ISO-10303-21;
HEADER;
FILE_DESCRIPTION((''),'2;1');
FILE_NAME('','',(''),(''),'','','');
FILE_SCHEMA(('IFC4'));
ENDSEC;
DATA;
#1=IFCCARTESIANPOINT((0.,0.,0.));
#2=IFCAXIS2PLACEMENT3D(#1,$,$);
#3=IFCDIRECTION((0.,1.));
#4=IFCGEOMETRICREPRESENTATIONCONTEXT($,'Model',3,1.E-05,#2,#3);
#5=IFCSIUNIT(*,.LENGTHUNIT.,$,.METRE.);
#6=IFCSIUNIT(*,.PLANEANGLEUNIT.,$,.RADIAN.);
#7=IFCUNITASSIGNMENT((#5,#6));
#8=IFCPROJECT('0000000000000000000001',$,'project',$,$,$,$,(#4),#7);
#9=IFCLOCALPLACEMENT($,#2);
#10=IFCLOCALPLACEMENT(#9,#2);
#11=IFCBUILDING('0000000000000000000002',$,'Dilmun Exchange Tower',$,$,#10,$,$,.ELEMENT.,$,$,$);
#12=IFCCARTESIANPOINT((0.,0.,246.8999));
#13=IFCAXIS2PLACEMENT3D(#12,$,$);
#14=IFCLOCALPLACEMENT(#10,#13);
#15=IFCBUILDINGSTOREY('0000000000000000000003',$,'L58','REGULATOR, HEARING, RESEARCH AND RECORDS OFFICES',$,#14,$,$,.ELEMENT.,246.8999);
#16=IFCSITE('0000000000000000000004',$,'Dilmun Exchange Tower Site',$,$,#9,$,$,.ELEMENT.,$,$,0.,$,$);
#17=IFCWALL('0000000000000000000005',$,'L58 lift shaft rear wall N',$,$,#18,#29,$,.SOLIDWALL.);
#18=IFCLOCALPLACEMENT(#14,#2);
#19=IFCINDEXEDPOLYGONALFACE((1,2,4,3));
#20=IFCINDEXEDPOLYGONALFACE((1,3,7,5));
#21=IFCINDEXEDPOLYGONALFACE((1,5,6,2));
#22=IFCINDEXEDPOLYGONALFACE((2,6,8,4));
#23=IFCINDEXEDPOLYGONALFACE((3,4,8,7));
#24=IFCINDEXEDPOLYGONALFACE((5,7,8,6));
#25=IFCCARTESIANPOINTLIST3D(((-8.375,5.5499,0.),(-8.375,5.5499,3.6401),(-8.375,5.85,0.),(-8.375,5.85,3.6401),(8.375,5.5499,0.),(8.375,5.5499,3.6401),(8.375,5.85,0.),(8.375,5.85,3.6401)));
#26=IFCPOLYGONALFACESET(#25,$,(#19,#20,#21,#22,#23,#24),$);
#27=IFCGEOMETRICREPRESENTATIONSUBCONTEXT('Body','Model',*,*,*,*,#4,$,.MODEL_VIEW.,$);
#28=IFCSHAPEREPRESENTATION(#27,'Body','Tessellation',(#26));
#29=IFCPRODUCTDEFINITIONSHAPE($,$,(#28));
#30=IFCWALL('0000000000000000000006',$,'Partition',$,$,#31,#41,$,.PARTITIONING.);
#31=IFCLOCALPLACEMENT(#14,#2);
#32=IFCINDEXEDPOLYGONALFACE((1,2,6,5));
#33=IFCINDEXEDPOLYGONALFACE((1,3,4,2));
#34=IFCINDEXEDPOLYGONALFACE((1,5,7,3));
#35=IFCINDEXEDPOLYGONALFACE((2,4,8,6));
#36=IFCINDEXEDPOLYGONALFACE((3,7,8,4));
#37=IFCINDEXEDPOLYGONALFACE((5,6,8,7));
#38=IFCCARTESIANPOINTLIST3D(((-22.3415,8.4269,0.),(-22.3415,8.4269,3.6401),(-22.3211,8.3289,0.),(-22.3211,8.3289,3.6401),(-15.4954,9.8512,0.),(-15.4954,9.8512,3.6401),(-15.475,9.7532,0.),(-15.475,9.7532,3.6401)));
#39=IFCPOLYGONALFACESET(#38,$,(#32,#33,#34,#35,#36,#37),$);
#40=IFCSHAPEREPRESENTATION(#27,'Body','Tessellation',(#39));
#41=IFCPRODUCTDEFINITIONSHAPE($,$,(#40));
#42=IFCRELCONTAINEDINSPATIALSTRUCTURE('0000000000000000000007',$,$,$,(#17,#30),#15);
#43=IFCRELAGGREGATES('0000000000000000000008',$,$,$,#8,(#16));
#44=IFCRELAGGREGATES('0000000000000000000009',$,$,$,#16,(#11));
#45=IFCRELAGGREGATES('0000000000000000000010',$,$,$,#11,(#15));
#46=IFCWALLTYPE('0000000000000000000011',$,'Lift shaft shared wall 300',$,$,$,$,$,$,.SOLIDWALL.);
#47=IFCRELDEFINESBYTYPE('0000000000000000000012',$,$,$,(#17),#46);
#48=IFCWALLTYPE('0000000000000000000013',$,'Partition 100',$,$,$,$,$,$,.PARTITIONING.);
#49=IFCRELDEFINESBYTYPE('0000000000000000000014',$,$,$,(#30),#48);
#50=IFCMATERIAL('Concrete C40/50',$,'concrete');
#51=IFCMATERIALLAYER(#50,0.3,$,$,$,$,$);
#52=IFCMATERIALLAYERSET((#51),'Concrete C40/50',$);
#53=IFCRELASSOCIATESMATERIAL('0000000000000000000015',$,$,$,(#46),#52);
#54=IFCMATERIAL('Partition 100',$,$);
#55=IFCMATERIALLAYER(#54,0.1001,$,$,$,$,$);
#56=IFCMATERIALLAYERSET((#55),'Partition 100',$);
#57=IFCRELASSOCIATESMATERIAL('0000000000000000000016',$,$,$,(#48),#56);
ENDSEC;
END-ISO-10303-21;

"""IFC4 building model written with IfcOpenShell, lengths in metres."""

from ifc_helpers import new_model, si_unit, direction, frame, frame_2d, origin, place, context, subcontext, project, spatial, rectangle, extrude, material, layer, layer_set, type_object, element, save


model = new_model("IFC4")

# Units and contexts
model_context = context("Model", 3, precision=1e-05, world=origin(), true_north=direction((0.0, 1.0)))
body_context = subcontext(model_context, "Body", "Model", "MODEL_VIEW")
ifc_project = project(units=[si_unit("LENGTHUNIT", "METRE"), si_unit("PLANEANGLEUNIT", "RADIAN")], contexts=[model_context])

# Site, building, storey
site_placement = place(None, origin())
site = spatial("IfcSite", under=ifc_project, at=site_placement, Name="Dilmun Exchange Tower Site", CompositionType="ELEMENT", RefElevation=0.0)
building_placement = place(site_placement, origin())
building = spatial("IfcBuilding", under=site, at=building_placement, Name="Dilmun Exchange Tower", CompositionType="ELEMENT")
storey_placement = place(building_placement, frame((0.0, 0.0, 246.8999)))
storey = spatial("IfcBuildingStorey", under=building, at=storey_placement, Name="L58", Description="REGULATOR, HEARING, RESEARCH AND RECORDS OFFICES", CompositionType="ELEMENT", Elevation=246.8999)

# Shared definitions
ifc_material_1 = material(Name="Concrete C40/50", Category="concrete")

# Walls
ifc_layer_1 = layer(ifc_material_1, 0.3)
ifc_layer_set_1 = layer_set([ifc_layer_1], Name="Concrete C40/50")
wall_type_1 = type_object("IfcWallType", Name="Lift shaft shared wall 300", PredefinedType="SOLIDWALL", material=ifc_layer_set_1)
wall_1_placement = place(storey_placement, frame((-8.375, 5.7, 0.0), z_axis=(0.0, 0.0, 1.0), x_axis=(1.0, 0.0, 0.0)))
element("IfcWall", 1, at=wall_1_placement, inside=storey, type_object=wall_type_1, Name="L58 lift shaft rear wall N", PredefinedType="SOLIDWALL", context=body_context, shape_type="SweptSolid", body=[
    extrude(rectangle(XDim=16.75, YDim=0.3, at=frame_2d((8.375, 0.0))), origin(), (0.0, 0.0, 1.0), 3.6401),
])
ifc_material_2 = material(Name="Partition 100")
ifc_layer_2 = layer(ifc_material_2, 0.1001)
ifc_layer_set_2 = layer_set([ifc_layer_2], Name="Partition 100")
wall_type_2 = type_object("IfcWallType", Name="Partition 100", PredefinedType="PARTITIONING", material=ifc_layer_set_2)
wall_2_placement = place(storey_placement, frame((-22.3313, 8.3779, 0.0), z_axis=(0.0, 0.0, 1.0), x_axis=(0.979037, 0.203684, 0.0)))
element("IfcWall", 2, at=wall_2_placement, inside=storey, type_object=wall_type_2, Name="Partition", PredefinedType="PARTITIONING", context=body_context, shape_type="SweptSolid", body=[
    extrude(rectangle(XDim=6.9927, YDim=0.1001, at=frame_2d((3.4963, 0.0))), origin(), (0.0, 0.0, 1.0), 3.6401),
])

save(model, "model.ifc")
